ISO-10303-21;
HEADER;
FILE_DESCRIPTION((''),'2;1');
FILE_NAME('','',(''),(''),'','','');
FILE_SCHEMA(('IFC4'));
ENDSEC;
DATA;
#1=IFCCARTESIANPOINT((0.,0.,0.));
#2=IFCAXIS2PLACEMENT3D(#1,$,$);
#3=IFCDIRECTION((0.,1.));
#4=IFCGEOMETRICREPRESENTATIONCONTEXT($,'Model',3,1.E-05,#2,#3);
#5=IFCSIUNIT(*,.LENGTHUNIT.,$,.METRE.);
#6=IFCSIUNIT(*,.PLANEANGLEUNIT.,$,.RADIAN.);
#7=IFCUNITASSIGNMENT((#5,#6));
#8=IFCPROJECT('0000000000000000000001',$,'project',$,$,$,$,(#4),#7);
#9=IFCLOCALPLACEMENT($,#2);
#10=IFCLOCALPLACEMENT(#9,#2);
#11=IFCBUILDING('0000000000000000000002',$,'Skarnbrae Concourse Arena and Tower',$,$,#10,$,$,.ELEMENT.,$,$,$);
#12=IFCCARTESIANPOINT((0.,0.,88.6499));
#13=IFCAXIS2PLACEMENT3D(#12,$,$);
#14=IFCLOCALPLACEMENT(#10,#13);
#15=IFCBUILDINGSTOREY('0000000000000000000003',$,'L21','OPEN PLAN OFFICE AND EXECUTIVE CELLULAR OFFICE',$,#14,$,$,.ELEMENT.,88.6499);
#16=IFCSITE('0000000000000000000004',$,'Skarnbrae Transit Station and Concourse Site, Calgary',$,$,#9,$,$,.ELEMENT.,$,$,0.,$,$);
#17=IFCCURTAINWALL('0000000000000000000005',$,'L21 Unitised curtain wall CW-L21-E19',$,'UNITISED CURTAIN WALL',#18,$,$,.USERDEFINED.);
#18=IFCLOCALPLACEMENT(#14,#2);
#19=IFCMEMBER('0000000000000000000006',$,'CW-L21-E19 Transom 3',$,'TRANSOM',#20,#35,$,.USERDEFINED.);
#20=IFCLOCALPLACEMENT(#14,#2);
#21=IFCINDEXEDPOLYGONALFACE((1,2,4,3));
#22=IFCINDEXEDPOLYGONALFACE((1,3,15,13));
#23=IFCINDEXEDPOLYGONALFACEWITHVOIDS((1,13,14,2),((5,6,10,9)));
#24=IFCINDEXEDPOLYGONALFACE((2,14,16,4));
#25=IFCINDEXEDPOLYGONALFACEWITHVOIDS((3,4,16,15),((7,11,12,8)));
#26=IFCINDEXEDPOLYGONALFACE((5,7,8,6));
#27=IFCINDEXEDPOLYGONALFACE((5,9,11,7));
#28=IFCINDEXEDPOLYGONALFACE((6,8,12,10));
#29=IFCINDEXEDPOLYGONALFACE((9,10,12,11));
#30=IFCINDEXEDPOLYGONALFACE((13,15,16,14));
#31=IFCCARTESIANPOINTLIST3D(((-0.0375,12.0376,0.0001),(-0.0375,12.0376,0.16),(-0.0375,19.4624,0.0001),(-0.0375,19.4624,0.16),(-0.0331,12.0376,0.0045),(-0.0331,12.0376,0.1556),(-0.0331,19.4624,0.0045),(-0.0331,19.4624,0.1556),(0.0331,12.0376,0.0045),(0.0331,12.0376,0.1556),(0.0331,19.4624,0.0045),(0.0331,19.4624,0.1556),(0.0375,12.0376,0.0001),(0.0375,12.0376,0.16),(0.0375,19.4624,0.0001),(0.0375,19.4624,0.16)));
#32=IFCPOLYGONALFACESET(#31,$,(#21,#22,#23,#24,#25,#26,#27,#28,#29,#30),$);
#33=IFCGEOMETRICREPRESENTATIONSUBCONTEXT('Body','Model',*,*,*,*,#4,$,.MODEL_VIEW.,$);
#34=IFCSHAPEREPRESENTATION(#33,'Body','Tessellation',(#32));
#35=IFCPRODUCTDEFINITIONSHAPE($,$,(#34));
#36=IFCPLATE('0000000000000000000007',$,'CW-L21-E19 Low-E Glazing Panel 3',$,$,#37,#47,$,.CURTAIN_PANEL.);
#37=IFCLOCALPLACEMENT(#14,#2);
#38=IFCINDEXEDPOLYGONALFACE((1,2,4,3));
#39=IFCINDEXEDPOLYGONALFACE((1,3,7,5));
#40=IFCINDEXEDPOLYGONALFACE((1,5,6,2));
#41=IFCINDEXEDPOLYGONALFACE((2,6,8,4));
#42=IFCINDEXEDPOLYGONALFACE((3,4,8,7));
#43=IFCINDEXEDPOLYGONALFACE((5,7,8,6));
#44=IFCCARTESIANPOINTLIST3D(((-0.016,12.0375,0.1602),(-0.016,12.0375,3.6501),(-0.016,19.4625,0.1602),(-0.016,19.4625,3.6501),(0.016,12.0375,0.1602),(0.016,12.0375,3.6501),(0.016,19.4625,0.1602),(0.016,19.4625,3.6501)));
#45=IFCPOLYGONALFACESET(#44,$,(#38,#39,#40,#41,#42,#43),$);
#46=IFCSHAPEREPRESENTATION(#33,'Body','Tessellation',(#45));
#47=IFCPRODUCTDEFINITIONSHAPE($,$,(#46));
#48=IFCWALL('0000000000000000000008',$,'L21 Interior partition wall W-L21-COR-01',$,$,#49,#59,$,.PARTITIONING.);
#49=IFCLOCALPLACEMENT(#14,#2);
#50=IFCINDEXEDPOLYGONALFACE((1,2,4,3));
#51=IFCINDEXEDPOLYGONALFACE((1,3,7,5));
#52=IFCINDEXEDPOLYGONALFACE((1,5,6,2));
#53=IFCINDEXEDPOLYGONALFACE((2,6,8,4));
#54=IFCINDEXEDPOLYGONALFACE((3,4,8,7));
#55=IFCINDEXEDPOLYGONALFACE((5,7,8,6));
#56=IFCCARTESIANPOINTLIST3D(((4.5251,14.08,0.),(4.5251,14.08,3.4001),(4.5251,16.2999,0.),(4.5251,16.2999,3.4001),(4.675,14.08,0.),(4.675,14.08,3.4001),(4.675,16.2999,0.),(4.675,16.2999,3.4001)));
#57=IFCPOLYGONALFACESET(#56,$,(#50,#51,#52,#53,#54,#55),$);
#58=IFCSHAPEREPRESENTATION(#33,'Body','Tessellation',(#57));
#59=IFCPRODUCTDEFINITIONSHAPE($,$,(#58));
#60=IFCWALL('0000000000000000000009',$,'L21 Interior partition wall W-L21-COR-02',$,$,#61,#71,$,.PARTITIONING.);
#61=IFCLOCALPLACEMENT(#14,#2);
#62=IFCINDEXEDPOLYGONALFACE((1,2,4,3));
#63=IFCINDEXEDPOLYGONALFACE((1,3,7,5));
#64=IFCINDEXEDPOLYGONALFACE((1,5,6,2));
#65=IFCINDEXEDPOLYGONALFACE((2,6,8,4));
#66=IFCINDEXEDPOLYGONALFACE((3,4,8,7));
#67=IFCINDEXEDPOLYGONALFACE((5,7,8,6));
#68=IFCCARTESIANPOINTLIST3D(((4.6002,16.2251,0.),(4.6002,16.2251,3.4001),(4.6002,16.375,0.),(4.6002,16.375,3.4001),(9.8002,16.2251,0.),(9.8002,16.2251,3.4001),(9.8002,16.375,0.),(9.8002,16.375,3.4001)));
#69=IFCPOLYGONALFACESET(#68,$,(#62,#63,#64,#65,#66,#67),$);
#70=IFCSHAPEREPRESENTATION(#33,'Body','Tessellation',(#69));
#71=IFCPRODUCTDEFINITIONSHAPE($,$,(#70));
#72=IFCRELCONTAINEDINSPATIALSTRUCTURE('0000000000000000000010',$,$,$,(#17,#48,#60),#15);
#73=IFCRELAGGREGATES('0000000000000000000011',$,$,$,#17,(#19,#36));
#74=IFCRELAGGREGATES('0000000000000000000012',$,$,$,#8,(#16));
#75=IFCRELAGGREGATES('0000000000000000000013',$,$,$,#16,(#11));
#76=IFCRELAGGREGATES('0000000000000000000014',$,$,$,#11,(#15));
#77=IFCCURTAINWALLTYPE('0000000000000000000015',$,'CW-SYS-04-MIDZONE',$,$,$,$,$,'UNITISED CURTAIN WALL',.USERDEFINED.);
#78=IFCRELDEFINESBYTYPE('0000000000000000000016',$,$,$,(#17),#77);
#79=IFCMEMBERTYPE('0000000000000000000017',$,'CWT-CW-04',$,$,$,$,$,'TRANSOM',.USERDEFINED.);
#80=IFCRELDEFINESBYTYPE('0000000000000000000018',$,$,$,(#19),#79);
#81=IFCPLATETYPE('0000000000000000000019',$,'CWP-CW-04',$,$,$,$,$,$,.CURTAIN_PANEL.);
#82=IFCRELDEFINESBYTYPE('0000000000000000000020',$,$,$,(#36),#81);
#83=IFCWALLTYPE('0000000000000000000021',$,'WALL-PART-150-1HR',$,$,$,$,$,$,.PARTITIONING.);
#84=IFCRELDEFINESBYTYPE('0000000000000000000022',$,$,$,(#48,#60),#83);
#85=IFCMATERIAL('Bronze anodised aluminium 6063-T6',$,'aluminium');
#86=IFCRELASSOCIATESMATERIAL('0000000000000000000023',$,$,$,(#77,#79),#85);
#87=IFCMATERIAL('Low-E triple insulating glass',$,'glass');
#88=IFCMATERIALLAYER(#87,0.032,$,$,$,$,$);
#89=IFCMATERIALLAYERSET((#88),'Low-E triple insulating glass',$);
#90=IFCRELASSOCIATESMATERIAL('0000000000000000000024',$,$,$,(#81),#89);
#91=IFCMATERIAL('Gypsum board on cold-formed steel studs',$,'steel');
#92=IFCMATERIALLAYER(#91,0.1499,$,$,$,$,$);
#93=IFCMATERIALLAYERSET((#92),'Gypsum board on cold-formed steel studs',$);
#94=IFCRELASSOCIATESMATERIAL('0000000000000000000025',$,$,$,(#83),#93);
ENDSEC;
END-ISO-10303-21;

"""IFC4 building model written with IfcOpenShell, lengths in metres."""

from ifc_helpers import new_model, si_unit, direction, frame, frame_2d, origin, origin_2d, place, context, subcontext, project, spatial, rectangle, hollow_rectangle, extrude, source, transform, mapped, material, layer, layer_set, material_profile, profile_set, type_object, element, aggregate, save


model = new_model("IFC4")

# Units and contexts
model_context = context("Model", 3, precision=1e-05, world=origin(), true_north=direction((0.0, 1.0)))
body_context = subcontext(model_context, "Body", "Model", "MODEL_VIEW")
ifc_project = project(units=[si_unit("LENGTHUNIT", "METRE"), si_unit("PLANEANGLEUNIT", "RADIAN")], contexts=[model_context])

# Site, building, storey
site_placement = place(None, origin())
site = spatial("IfcSite", under=ifc_project, at=site_placement, Name="Skarnbrae Transit Station and Concourse Site, Calgary", CompositionType="ELEMENT", RefElevation=0.0)
building_placement = place(site_placement, origin())
building = spatial("IfcBuilding", under=site, at=building_placement, Name="Skarnbrae Concourse Arena and Tower", CompositionType="ELEMENT")
storey_placement = place(building_placement, frame((0.0, 0.0, 88.6499)))
storey = spatial("IfcBuildingStorey", under=building, at=storey_placement, Name="L21", Description="OPEN PLAN OFFICE AND EXECUTIVE CELLULAR OFFICE", CompositionType="ELEMENT", Elevation=88.6499)

# Curtain wall, member, plate
ifc_material_1 = material(Name="Bronze anodised aluminium 6063-T6", Category="aluminium")
curtain_wall_type = type_object("IfcCurtainWallType", Name="CW-SYS-04-MIDZONE", ElementType="UNITISED CURTAIN WALL", PredefinedType="USERDEFINED", material=ifc_material_1)
curtain_wall_placement = place(storey_placement, origin())
curtain_wall = element("IfcCurtainWall", 1, at=curtain_wall_placement, inside=storey, type_object=curtain_wall_type, Name="L21 Unitised curtain wall CW-L21-E19", ObjectType="UNITISED CURTAIN WALL", PredefinedType="USERDEFINED")
ifc_material_profile_1 = material_profile(ifc_material_1, hollow_rectangle(XDim=0.075, YDim=0.1599, WallThickness=0.0044, at=origin_2d()), Name="ALU-TRAN-75X160")
ifc_profile_set_1 = profile_set([ifc_material_profile_1], Name="Bronze anodised aluminium 6063-T6")
member_type_1 = type_object("IfcMemberType", Name="CWT-CW-04", ElementType="TRANSOM", PredefinedType="USERDEFINED", material=ifc_profile_set_1)
shared_shape_1 = source(origin(), body_context, "Body", "SweptSolid", [
    extrude(hollow_rectangle(XDim=0.075, YDim=0.1599, WallThickness=0.0044, at=origin_2d()), origin(), (0.0, 0.0, 1.0), 7.4248),
])
member_1_placement = place(storey_placement, frame((0.0, 19.4624, 0.0801), z_axis=(0.0, -1.0, 0.0), x_axis=(1.0, 0.0, 0.0)))
member_1 = element("IfcMember", 2, at=member_1_placement, type_object=member_type_1, Name="CW-L21-E19 Transom 3", ObjectType="TRANSOM", PredefinedType="USERDEFINED", context=body_context, shape_type="MappedRepresentation", body=[
    mapped(shared_shape_1, transform((0.0, 0.0, 0.0))),
])
ifc_material_2 = material(Name="Low-E triple insulating glass", Category="glass")
ifc_layer_1 = layer(ifc_material_2, 0.032)
ifc_layer_set_1 = layer_set([ifc_layer_1], Name="Low-E triple insulating glass")
plate_type = type_object("IfcPlateType", Name="CWP-CW-04", PredefinedType="CURTAIN_PANEL", material=ifc_layer_set_1)
shared_shape_2 = source(origin(), body_context, "Body", "SweptSolid", [
    extrude(rectangle(XDim=7.425, YDim=0.032, at=origin_2d()), origin(), (0.0, 0.0, 1.0), 3.49),
])
plate_placement = place(storey_placement, frame((0.0, 15.75, 0.1602), z_axis=(0.0, 0.0, 1.0), x_axis=(0.0, -1.0, 0.0)))
plate = element("IfcPlate", 3, at=plate_placement, type_object=plate_type, Name="CW-L21-E19 Low-E Glazing Panel 3", PredefinedType="CURTAIN_PANEL", context=body_context, shape_type="MappedRepresentation", body=[
    mapped(shared_shape_2, transform((0.0, 0.0, 0.0))),
])
aggregate(curtain_wall, [member_1, plate])

# Walls
ifc_material_3 = material(Name="Gypsum board on cold-formed steel studs", Category="steel")
ifc_layer_2 = layer(ifc_material_3, 0.1499)
ifc_layer_set_2 = layer_set([ifc_layer_2], Name="Gypsum board on cold-formed steel studs")
wall_type_1 = type_object("IfcWallType", Name="WALL-PART-150-1HR", PredefinedType="PARTITIONING", material=ifc_layer_set_2)
shared_shape_3 = source(origin(), body_context, "Body", "SweptSolid", [
    extrude(rectangle(XDim=2.22, YDim=0.1499, at=frame_2d((1.1099, 0.0))), origin(), (0.0, 0.0, 1.0), 3.4001),
])
wall_1_placement = place(storey_placement, frame((4.6001, 14.0801, 0.0), z_axis=(0.0, 0.0, 1.0), x_axis=(0.0, 1.0, 0.0)))
element("IfcWall", 4, at=wall_1_placement, inside=storey, type_object=wall_type_1, Name="L21 Interior partition wall W-L21-COR-01", PredefinedType="PARTITIONING", context=body_context, shape_type="MappedRepresentation", body=[
    mapped(shared_shape_3, transform((0.0, 0.0, 0.0))),
])
shared_shape_4 = source(origin(), body_context, "Body", "SweptSolid", [
    extrude(rectangle(XDim=5.2, YDim=0.1499, at=frame_2d((2.6001, 0.0))), origin(), (0.0, 0.0, 1.0), 3.4001),
])
wall_2_placement = place(storey_placement, frame((4.6001, 16.3, 0.0), z_axis=(0.0, 0.0, 1.0), x_axis=(1.0, 0.0, 0.0)))
element("IfcWall", 5, at=wall_2_placement, inside=storey, type_object=wall_type_1, Name="L21 Interior partition wall W-L21-COR-02", PredefinedType="PARTITIONING", context=body_context, shape_type="MappedRepresentation", body=[
    mapped(shared_shape_4, transform((0.0, 0.0, 0.0))),
])

save(model, "model.ifc")
